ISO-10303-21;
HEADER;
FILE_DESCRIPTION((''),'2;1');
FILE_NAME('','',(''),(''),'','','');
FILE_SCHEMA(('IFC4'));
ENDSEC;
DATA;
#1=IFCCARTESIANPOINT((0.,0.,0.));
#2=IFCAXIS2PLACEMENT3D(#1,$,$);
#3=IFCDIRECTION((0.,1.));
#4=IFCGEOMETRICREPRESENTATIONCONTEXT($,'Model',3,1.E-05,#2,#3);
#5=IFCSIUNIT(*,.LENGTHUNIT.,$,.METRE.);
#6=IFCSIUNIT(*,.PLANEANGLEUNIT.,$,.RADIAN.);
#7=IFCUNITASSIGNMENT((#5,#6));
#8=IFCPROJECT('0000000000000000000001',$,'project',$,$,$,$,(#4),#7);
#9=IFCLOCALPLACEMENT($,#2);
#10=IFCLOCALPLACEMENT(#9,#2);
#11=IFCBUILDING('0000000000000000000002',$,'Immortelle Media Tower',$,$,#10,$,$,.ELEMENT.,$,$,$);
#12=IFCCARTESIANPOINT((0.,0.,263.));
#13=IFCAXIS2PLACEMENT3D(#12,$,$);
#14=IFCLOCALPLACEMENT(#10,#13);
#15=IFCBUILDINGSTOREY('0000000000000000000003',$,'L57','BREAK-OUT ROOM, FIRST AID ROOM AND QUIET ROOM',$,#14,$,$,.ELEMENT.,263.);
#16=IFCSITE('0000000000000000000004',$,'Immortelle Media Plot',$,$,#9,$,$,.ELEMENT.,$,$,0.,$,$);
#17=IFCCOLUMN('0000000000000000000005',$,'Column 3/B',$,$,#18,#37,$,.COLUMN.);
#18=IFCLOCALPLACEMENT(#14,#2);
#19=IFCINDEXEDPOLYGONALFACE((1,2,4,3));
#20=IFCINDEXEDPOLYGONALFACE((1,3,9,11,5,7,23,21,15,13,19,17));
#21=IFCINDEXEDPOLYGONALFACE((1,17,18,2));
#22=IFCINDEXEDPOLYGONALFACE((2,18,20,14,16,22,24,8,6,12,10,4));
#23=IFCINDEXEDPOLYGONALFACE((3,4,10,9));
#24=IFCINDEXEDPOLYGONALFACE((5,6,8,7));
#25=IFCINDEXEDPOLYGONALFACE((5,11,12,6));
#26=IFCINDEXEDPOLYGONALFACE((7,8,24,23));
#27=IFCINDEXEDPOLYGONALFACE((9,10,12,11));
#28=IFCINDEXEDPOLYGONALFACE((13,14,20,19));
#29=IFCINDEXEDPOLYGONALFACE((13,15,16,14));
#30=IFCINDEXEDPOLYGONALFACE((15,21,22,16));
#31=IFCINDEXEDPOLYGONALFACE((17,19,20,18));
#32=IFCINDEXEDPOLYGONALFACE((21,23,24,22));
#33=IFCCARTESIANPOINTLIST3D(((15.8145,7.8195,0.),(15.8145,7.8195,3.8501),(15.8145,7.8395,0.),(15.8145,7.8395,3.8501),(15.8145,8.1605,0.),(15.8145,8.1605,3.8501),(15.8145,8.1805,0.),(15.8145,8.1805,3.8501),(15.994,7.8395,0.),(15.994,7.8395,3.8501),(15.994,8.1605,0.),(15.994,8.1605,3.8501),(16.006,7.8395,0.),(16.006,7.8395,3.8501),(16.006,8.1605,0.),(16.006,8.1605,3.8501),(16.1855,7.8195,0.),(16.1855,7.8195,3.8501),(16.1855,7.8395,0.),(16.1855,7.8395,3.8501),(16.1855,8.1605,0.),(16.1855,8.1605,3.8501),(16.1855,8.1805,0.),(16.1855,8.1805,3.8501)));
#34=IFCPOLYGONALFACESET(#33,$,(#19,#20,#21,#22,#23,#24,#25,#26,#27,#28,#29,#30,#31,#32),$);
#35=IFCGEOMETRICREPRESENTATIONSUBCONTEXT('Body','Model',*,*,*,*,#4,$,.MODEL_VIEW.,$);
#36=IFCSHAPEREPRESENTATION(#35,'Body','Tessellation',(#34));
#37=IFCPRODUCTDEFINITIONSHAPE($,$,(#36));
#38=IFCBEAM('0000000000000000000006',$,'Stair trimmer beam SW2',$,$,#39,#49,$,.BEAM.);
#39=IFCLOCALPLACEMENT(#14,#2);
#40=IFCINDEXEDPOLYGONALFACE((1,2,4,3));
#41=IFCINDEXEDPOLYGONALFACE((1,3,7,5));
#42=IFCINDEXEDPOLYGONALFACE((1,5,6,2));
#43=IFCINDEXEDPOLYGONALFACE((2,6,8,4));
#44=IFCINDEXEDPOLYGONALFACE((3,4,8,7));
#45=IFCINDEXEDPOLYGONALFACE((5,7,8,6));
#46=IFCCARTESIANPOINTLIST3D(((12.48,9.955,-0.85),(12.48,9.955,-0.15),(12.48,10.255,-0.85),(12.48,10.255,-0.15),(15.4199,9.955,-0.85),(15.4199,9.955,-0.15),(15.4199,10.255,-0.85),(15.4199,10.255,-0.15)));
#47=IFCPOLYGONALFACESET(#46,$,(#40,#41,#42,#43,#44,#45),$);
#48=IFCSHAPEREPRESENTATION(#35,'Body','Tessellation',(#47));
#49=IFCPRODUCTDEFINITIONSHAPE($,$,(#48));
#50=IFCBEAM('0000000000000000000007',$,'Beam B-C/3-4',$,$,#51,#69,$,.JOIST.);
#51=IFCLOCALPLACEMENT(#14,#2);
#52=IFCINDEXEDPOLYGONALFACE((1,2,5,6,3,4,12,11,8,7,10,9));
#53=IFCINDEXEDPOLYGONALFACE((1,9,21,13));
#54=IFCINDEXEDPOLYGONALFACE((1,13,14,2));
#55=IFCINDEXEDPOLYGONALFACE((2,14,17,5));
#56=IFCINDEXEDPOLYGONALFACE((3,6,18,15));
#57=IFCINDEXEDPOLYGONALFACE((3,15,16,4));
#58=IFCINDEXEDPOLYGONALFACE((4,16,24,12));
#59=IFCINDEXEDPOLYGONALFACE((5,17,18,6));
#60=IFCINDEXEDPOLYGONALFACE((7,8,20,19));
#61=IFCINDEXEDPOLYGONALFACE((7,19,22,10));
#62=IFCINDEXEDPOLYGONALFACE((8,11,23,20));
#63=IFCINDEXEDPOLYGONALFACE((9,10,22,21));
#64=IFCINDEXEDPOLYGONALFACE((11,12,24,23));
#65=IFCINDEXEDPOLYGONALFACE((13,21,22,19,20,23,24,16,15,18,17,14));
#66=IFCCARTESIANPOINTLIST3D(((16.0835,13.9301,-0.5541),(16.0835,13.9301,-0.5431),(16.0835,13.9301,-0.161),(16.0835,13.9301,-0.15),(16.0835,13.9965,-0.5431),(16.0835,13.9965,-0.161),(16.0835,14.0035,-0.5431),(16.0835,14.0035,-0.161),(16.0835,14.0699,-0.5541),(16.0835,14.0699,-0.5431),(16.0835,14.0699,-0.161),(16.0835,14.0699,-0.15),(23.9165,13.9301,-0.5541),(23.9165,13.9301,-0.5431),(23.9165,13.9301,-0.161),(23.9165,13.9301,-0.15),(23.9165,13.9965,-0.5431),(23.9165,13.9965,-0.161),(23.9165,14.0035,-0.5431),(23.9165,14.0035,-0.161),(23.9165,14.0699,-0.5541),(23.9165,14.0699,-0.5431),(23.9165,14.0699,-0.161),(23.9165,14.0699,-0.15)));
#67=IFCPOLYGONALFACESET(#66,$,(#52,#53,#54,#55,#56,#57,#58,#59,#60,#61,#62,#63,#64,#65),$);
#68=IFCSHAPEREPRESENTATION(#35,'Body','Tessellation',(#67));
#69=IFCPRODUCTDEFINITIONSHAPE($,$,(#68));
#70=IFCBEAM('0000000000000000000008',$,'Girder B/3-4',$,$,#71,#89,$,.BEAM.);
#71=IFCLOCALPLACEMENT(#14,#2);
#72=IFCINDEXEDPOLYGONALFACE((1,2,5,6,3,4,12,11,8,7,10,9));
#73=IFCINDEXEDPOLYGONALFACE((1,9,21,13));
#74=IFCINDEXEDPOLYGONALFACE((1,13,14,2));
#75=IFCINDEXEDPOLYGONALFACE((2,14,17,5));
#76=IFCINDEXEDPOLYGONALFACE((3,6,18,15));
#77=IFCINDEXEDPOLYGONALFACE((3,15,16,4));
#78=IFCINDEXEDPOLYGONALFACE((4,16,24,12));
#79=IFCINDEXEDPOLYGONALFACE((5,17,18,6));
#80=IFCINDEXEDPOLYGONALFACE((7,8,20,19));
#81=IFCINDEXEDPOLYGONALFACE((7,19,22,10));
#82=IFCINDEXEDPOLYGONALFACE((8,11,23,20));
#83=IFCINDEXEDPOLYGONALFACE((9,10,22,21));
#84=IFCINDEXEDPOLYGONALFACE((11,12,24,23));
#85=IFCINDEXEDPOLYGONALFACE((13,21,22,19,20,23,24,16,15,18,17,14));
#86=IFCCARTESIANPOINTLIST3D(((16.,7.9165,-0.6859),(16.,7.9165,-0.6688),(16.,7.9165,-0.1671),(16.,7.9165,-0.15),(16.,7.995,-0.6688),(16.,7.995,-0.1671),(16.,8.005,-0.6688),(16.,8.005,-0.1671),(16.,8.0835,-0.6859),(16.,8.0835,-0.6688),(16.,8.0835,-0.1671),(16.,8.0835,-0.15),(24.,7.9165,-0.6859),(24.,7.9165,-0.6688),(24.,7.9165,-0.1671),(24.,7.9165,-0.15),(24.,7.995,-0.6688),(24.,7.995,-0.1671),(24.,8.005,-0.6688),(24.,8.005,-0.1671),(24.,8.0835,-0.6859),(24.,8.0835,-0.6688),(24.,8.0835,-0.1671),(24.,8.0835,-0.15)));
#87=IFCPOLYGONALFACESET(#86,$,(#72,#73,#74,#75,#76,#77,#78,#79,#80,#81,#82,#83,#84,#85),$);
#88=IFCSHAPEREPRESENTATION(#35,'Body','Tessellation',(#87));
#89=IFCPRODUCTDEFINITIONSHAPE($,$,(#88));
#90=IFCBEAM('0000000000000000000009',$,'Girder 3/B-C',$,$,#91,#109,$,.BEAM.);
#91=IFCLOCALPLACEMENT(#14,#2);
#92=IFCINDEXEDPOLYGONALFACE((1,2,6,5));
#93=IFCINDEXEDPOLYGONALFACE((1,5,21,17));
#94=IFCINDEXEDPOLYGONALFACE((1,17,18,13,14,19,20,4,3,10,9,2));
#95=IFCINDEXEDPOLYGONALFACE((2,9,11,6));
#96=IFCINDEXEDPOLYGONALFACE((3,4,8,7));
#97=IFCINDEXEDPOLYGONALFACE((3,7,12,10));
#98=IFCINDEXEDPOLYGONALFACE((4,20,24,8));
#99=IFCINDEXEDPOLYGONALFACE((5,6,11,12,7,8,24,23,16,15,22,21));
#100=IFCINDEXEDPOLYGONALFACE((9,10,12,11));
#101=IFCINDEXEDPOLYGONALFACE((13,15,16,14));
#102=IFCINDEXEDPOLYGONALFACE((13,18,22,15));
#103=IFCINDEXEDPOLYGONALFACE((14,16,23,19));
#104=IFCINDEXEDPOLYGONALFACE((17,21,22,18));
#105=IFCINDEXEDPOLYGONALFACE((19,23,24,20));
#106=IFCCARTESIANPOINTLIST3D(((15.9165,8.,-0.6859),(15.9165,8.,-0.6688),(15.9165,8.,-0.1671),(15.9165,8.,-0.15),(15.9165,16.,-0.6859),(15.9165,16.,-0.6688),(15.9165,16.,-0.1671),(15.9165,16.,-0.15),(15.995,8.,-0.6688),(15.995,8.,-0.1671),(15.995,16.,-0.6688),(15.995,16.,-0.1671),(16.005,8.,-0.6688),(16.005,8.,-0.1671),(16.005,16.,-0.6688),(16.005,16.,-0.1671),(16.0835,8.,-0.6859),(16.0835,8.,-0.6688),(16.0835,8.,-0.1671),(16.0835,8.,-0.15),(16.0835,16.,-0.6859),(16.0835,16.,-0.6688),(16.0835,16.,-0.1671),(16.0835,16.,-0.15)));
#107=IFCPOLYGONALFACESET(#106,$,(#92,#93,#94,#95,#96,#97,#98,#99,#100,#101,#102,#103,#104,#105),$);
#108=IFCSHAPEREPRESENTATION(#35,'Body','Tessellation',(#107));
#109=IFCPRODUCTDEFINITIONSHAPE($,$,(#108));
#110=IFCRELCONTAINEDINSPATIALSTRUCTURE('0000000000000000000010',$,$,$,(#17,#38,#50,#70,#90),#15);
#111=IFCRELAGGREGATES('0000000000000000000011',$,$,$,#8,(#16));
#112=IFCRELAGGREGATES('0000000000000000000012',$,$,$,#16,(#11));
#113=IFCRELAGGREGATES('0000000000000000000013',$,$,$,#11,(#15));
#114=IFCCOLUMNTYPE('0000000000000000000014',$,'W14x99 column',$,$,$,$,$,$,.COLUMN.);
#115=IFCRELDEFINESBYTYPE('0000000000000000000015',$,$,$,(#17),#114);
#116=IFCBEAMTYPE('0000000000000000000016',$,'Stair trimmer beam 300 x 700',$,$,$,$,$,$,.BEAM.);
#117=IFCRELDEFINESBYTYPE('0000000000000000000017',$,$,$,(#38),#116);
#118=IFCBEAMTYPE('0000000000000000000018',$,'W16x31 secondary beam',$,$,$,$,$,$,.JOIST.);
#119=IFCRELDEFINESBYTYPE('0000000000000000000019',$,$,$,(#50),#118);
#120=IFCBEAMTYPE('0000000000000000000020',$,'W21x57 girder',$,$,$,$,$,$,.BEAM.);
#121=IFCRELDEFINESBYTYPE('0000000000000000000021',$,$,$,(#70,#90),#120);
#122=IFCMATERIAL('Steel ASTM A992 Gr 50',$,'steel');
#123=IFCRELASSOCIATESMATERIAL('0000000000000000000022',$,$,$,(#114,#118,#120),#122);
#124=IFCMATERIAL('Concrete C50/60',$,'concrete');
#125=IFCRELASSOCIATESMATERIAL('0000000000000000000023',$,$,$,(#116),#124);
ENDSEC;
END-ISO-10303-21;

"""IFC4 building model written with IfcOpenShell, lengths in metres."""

from ifc_helpers import new_model, si_unit, direction, frame, origin, origin_2d, place, context, subcontext, project, spatial, rectangle, i_section, extrude, material, material_profile, profile_set, type_object, element, save


model = new_model("IFC4")

# Units and contexts
model_context = context("Model", 3, precision=1e-05, world=origin(), true_north=direction((0.0, 1.0)))
body_context = subcontext(model_context, "Body", "Model", "MODEL_VIEW")
ifc_project = project(units=[si_unit("LENGTHUNIT", "METRE"), si_unit("PLANEANGLEUNIT", "RADIAN")], contexts=[model_context])

# Site, building, storey
site_placement = place(None, origin())
site = spatial("IfcSite", under=ifc_project, at=site_placement, Name="Immortelle Media Plot", CompositionType="ELEMENT", RefElevation=0.0)
building_placement = place(site_placement, origin())
building = spatial("IfcBuilding", under=site, at=building_placement, Name="Immortelle Media Tower", CompositionType="ELEMENT")
storey_placement = place(building_placement, frame((0.0, 0.0, 263.0)))
storey = spatial("IfcBuildingStorey", under=building, at=storey_placement, Name="L57", Description="BREAK-OUT ROOM, FIRST AID ROOM AND QUIET ROOM", CompositionType="ELEMENT", Elevation=263.0)

# Column
ifc_material_1 = material(Name="Steel ASTM A992 Gr 50", Category="steel")
ifc_material_profile_1 = material_profile(ifc_material_1, i_section(OverallWidth=0.3711, OverallDepth=0.3611, WebThickness=0.012, FlangeThickness=0.02, at=origin_2d()), Name="W14x99")
ifc_profile_set_1 = profile_set([ifc_material_profile_1], Name="Steel ASTM A992 Gr 50")
column_type = type_object("IfcColumnType", Name="W14x99 column", PredefinedType="COLUMN", material=ifc_profile_set_1)
column_placement = place(storey_placement, frame((16.0, 8.0, 0.0), z_axis=(0.0, 0.0, 1.0), x_axis=(1.0, 0.0, 0.0)))
element("IfcColumn", 1, at=column_placement, inside=storey, type_object=column_type, Name="Column 3/B", PredefinedType="COLUMN", context=body_context, shape_type="SweptSolid", body=[
    extrude(i_section(OverallWidth=0.3711, OverallDepth=0.3611, WebThickness=0.012, FlangeThickness=0.02, at=origin_2d()), origin(), (0.0, 0.0, 1.0), 3.8501),
])

# Beams
ifc_material_2 = material(Name="Concrete C50/60", Category="concrete")
ifc_material_profile_2 = material_profile(ifc_material_2, rectangle(XDim=0.3, YDim=0.7, at=origin_2d()), Name="RC 300x700")
ifc_profile_set_2 = profile_set([ifc_material_profile_2], Name="Concrete C50/60")
beam_type_1 = type_object("IfcBeamType", Name="Stair trimmer beam 300 x 700", PredefinedType="BEAM", material=ifc_profile_set_2)
beam_1_placement = place(storey_placement, frame((12.48, 10.105, -0.5), z_axis=(1.0, 0.0, 0.0), x_axis=(0.0, 1.0, 0.0)))
element("IfcBeam", 2, at=beam_1_placement, inside=storey, type_object=beam_type_1, Name="Stair trimmer beam SW2", PredefinedType="BEAM", context=body_context, shape_type="SweptSolid", body=[
    extrude(rectangle(XDim=0.3, YDim=0.7, at=origin_2d()), origin(), (0.0, 0.0, 1.0), 2.9399),
])
ifc_material_profile_3 = material_profile(ifc_material_1, i_section(OverallWidth=0.1399, OverallDepth=0.4041, WebThickness=0.0071, FlangeThickness=0.011, at=origin_2d()), Name="W16x31")
ifc_profile_set_3 = profile_set([ifc_material_profile_3], Name="Steel ASTM A992 Gr 50")
beam_type_2 = type_object("IfcBeamType", Name="W16x31 secondary beam", PredefinedType="JOIST", material=ifc_profile_set_3)
beam_2_placement = place(storey_placement, frame((16.0835, 14.0, -0.3521), z_axis=(1.0, 0.0, 0.0), x_axis=(0.0, 1.0, 0.0)))
element("IfcBeam", 3, at=beam_2_placement, inside=storey, type_object=beam_type_2, Name="Beam B-C/3-4", PredefinedType="JOIST", context=body_context, shape_type="SweptSolid", body=[
    extrude(i_section(OverallWidth=0.1399, OverallDepth=0.4041, WebThickness=0.0071, FlangeThickness=0.011, at=origin_2d()), origin(), (0.0, 0.0, 1.0), 7.833),
])
ifc_material_profile_4 = material_profile(ifc_material_1, i_section(OverallWidth=0.167, OverallDepth=0.5359, WebThickness=0.01, FlangeThickness=0.0171, at=origin_2d()), Name="W21x57")
ifc_profile_set_4 = profile_set([ifc_material_profile_4], Name="Steel ASTM A992 Gr 50")
beam_type_3 = type_object("IfcBeamType", Name="W21x57 girder", PredefinedType="BEAM", material=ifc_profile_set_4)
for number, where, z_axis, x_axis, name in (
    (4, (16.0, 8.0, -0.418), (1.0, 0.0, 0.0), (0.0, 1.0, 0.0), "Girder B/3-4"),
    (5, (16.0, 8.0, -0.418), (0.0, 1.0, 0.0), (-1.0, 0.0, 0.0), "Girder 3/B-C"),
):
    element("IfcBeam", number, at=place(storey_placement, frame(where, z_axis=z_axis, x_axis=x_axis)), inside=storey, type_object=beam_type_3, Name=name, PredefinedType="BEAM", context=body_context, shape_type="SweptSolid", body=[
        extrude(i_section(OverallWidth=0.167, OverallDepth=0.5359, WebThickness=0.01, FlangeThickness=0.0171, at=origin_2d()), origin(), (0.0, 0.0, 1.0), 8.0),
    ])

save(model, "model.ifc")
